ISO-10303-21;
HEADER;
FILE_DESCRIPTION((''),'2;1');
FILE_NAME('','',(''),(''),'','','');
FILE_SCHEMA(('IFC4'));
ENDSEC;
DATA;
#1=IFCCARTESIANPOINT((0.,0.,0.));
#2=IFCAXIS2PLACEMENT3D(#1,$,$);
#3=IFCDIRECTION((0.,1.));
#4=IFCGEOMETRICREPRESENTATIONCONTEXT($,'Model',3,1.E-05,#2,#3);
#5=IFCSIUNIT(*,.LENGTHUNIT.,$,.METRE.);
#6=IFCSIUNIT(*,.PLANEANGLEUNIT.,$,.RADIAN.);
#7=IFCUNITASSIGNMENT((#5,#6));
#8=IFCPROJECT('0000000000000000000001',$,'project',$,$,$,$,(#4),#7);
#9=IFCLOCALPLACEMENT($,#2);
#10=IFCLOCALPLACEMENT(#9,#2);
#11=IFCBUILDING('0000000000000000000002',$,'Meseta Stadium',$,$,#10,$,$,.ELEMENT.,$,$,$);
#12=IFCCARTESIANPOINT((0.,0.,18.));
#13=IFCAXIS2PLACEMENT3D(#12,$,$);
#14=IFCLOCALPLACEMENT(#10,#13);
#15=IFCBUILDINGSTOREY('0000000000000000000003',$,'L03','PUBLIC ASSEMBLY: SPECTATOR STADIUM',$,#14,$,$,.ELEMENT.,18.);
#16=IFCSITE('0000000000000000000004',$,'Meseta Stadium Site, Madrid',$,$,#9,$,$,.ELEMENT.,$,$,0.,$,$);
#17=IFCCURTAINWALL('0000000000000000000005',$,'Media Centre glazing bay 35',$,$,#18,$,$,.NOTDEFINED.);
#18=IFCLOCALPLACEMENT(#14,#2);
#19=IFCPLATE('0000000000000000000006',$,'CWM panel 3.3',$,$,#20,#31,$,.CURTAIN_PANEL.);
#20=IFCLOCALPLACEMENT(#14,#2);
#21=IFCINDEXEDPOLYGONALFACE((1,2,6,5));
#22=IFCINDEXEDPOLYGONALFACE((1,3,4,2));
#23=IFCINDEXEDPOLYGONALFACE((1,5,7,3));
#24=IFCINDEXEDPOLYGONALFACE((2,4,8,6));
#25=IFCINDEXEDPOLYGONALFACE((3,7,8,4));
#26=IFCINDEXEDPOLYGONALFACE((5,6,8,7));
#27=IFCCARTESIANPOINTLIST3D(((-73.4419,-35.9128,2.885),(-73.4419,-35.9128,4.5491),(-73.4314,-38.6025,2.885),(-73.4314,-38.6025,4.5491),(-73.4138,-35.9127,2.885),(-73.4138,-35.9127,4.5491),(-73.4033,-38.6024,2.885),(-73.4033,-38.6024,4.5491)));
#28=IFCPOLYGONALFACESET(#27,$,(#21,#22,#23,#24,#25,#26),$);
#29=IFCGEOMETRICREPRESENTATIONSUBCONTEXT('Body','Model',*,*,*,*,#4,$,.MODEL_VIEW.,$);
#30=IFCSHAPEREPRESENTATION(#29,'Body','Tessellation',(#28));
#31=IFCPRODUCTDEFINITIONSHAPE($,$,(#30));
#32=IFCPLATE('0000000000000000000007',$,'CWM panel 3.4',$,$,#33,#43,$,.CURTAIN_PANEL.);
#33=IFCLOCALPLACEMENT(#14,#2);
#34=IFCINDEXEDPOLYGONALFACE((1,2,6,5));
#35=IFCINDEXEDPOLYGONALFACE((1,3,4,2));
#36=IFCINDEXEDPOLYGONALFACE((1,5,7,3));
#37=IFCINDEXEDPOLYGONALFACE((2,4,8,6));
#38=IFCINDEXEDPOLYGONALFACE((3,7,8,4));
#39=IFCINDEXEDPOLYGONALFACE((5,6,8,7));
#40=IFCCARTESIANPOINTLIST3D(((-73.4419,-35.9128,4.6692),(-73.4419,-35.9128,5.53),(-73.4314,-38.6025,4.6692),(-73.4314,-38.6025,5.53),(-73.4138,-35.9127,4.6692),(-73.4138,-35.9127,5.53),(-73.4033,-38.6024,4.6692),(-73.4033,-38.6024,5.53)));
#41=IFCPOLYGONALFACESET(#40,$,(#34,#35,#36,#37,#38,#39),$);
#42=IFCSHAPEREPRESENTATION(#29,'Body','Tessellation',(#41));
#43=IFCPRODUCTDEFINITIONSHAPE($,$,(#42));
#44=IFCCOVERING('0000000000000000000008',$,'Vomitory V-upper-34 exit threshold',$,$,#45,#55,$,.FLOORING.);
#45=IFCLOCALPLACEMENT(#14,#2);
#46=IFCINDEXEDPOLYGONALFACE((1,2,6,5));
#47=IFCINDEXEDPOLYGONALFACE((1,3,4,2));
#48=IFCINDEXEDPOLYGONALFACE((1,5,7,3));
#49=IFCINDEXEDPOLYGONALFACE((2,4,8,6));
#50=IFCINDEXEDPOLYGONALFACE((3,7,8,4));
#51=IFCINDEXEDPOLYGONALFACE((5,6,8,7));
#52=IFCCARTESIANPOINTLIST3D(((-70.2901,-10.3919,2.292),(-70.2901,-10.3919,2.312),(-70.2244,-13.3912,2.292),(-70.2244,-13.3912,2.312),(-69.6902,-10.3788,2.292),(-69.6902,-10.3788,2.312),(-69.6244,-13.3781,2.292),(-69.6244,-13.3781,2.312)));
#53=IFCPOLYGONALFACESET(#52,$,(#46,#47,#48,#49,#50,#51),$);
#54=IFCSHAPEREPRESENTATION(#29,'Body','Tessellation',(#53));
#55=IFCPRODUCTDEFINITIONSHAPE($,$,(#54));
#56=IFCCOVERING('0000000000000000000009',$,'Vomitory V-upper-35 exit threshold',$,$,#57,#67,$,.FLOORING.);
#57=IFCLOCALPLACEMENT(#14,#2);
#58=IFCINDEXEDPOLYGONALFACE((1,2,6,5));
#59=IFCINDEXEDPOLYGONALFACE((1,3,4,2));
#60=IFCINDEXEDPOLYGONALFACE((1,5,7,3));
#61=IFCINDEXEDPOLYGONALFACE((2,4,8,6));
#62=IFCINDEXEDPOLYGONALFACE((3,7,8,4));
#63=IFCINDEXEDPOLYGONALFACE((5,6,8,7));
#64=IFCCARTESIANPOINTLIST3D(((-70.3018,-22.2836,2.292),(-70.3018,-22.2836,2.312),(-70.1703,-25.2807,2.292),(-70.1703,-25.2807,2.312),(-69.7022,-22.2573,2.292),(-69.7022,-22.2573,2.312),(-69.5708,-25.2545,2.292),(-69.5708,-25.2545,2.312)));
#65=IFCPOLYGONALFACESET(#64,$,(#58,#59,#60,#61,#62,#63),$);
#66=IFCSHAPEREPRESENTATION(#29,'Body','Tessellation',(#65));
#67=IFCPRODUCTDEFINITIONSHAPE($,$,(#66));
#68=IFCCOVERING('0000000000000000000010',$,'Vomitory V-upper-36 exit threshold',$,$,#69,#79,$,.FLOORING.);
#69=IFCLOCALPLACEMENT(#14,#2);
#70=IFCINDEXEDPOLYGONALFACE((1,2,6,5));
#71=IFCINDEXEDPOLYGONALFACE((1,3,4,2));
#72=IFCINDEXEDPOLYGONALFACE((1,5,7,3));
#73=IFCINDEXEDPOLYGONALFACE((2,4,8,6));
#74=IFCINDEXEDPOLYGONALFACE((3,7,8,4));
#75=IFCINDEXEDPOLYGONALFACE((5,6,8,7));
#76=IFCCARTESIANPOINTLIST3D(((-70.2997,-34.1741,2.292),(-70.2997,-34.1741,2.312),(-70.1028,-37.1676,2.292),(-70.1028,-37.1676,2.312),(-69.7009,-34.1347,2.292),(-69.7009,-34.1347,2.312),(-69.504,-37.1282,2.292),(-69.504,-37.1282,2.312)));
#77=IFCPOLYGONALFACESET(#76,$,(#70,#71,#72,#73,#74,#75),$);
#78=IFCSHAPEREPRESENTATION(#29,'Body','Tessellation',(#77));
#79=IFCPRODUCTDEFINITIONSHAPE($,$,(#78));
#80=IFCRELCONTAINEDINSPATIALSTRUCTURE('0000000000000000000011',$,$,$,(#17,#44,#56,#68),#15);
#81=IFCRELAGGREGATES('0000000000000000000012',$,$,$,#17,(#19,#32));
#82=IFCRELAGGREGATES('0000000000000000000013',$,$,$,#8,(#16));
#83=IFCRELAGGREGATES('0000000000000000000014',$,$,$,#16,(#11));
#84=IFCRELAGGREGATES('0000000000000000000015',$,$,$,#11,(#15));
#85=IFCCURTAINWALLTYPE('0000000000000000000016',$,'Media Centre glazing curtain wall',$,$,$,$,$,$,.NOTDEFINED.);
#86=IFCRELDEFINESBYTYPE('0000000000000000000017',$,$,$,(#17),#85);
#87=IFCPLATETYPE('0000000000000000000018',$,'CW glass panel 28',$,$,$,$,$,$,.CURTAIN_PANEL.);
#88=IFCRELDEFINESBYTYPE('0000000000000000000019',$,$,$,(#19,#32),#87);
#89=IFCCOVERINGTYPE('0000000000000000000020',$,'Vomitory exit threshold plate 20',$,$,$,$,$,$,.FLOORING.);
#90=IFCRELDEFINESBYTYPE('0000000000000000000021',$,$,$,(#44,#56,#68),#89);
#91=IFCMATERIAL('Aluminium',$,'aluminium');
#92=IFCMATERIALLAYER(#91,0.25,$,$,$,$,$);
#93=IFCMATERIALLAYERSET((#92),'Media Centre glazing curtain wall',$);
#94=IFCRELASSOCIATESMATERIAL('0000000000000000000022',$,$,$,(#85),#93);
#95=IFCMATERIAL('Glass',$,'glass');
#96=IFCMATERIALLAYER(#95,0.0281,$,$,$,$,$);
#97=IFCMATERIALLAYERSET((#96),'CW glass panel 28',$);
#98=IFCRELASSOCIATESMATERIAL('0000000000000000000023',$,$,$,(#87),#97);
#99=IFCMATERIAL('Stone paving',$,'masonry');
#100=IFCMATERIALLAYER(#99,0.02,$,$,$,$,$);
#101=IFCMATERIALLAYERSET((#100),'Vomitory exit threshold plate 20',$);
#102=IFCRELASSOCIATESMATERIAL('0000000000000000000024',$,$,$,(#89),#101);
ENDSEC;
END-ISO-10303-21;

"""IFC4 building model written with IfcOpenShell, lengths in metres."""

from ifc_helpers import new_model, si_unit, direction, frame, origin, origin_2d, place, context, subcontext, project, spatial, rectangle, extrude, material, layer, layer_set, type_object, element, aggregate, save


model = new_model("IFC4")

# Units and contexts
model_context = context("Model", 3, precision=1e-05, world=origin(), true_north=direction((0.0, 1.0)))
body_context = subcontext(model_context, "Body", "Model", "MODEL_VIEW")
ifc_project = project(units=[si_unit("LENGTHUNIT", "METRE"), si_unit("PLANEANGLEUNIT", "RADIAN")], contexts=[model_context])

# Site, building, storey
site_placement = place(None, origin())
site = spatial("IfcSite", under=ifc_project, at=site_placement, Name="Meseta Stadium Site, Madrid", CompositionType="ELEMENT", RefElevation=0.0)
building_placement = place(site_placement, origin())
building = spatial("IfcBuilding", under=site, at=building_placement, Name="Meseta Stadium", CompositionType="ELEMENT")
storey_placement = place(building_placement, frame((0.0, 0.0, 18.0)))
storey = spatial("IfcBuildingStorey", under=building, at=storey_placement, Name="L03", Description="PUBLIC ASSEMBLY: SPECTATOR STADIUM", CompositionType="ELEMENT", Elevation=18.0)

# Curtain wall, plates
ifc_material_1 = material(Name="Aluminium", Category="aluminium")
ifc_layer_1 = layer(ifc_material_1, 0.25)
ifc_layer_set_1 = layer_set([ifc_layer_1], Name="Media Centre glazing curtain wall")
curtain_wall_type = type_object("IfcCurtainWallType", Name="Media Centre glazing curtain wall", PredefinedType="NOTDEFINED", material=ifc_layer_set_1)
curtain_wall_placement = place(storey_placement, origin())
curtain_wall = element("IfcCurtainWall", 1, at=curtain_wall_placement, inside=storey, type_object=curtain_wall_type, Name="Media Centre glazing bay 35", PredefinedType="NOTDEFINED")
ifc_material_2 = material(Name="Glass", Category="glass")
ifc_layer_2 = layer(ifc_material_2, 0.0281)
ifc_layer_set_2 = layer_set([ifc_layer_2], Name="CW glass panel 28")
plate_type = type_object("IfcPlateType", Name="CW glass panel 28", PredefinedType="CURTAIN_PANEL", material=ifc_layer_set_2)
plate_1_placement = place(storey_placement, frame((-73.4226, -37.2576, 2.885), z_axis=(0.0, 0.0, 1.0), x_axis=(0.003895, -0.999992, 0.0)))
plate_1 = element("IfcPlate", 2, at=plate_1_placement, type_object=plate_type, Name="CWM panel 3.3", PredefinedType="CURTAIN_PANEL", context=body_context, shape_type="SweptSolid", body=[
    extrude(rectangle(XDim=2.6897, YDim=0.0281, at=origin_2d()), origin(), (0.0, 0.0, 1.0), 1.6641),
])
plate_2_placement = place(storey_placement, frame((-73.4226, -37.2576, 4.6692), z_axis=(0.0, 0.0, 1.0), x_axis=(0.003895, -0.999992, 0.0)))
plate_2 = element("IfcPlate", 3, at=plate_2_placement, type_object=plate_type, Name="CWM panel 3.4", PredefinedType="CURTAIN_PANEL", context=body_context, shape_type="SweptSolid", body=[
    extrude(rectangle(XDim=2.6897, YDim=0.0281, at=origin_2d()), origin(), (0.0, 0.0, 1.0), 0.8608),
])
aggregate(curtain_wall, [plate_1, plate_2])

# Coverings
ifc_material_3 = material(Name="Stone paving", Category="masonry")
ifc_layer_3 = layer(ifc_material_3, 0.02)
ifc_layer_set_3 = layer_set([ifc_layer_3], Name="Vomitory exit threshold plate 20")
covering_type = type_object("IfcCoveringType", Name="Vomitory exit threshold plate 20", PredefinedType="FLOORING", material=ifc_layer_set_3)
for number, where, z_axis, x_axis, name in (
    (4, (-69.9573, -11.885, 2.292), (0.0, 0.0, 1.0), (0.99976, 0.021925, 0.0), "Vomitory V-upper-34 exit threshold"),
    (5, (-69.9363, -23.769, 2.292), (0.0, 0.0, 1.0), (0.99904, 0.043818, 0.0), "Vomitory V-upper-35 exit threshold"),
    (6, (-69.9019, -35.6511, 2.292), (0.0, 0.0, 1.0), (0.997843, 0.065647, 0.0), "Vomitory V-upper-36 exit threshold"),
):
    element("IfcCovering", number, at=place(storey_placement, frame(where, z_axis=z_axis, x_axis=x_axis)), inside=storey, type_object=covering_type, Name=name, PredefinedType="FLOORING", context=body_context, shape_type="SweptSolid", body=[
        extrude(rectangle(XDim=0.6001, YDim=3.0, at=origin_2d()), origin(), (0.0, 0.0, 1.0), 0.02),
    ])

save(model, "model.ifc")
